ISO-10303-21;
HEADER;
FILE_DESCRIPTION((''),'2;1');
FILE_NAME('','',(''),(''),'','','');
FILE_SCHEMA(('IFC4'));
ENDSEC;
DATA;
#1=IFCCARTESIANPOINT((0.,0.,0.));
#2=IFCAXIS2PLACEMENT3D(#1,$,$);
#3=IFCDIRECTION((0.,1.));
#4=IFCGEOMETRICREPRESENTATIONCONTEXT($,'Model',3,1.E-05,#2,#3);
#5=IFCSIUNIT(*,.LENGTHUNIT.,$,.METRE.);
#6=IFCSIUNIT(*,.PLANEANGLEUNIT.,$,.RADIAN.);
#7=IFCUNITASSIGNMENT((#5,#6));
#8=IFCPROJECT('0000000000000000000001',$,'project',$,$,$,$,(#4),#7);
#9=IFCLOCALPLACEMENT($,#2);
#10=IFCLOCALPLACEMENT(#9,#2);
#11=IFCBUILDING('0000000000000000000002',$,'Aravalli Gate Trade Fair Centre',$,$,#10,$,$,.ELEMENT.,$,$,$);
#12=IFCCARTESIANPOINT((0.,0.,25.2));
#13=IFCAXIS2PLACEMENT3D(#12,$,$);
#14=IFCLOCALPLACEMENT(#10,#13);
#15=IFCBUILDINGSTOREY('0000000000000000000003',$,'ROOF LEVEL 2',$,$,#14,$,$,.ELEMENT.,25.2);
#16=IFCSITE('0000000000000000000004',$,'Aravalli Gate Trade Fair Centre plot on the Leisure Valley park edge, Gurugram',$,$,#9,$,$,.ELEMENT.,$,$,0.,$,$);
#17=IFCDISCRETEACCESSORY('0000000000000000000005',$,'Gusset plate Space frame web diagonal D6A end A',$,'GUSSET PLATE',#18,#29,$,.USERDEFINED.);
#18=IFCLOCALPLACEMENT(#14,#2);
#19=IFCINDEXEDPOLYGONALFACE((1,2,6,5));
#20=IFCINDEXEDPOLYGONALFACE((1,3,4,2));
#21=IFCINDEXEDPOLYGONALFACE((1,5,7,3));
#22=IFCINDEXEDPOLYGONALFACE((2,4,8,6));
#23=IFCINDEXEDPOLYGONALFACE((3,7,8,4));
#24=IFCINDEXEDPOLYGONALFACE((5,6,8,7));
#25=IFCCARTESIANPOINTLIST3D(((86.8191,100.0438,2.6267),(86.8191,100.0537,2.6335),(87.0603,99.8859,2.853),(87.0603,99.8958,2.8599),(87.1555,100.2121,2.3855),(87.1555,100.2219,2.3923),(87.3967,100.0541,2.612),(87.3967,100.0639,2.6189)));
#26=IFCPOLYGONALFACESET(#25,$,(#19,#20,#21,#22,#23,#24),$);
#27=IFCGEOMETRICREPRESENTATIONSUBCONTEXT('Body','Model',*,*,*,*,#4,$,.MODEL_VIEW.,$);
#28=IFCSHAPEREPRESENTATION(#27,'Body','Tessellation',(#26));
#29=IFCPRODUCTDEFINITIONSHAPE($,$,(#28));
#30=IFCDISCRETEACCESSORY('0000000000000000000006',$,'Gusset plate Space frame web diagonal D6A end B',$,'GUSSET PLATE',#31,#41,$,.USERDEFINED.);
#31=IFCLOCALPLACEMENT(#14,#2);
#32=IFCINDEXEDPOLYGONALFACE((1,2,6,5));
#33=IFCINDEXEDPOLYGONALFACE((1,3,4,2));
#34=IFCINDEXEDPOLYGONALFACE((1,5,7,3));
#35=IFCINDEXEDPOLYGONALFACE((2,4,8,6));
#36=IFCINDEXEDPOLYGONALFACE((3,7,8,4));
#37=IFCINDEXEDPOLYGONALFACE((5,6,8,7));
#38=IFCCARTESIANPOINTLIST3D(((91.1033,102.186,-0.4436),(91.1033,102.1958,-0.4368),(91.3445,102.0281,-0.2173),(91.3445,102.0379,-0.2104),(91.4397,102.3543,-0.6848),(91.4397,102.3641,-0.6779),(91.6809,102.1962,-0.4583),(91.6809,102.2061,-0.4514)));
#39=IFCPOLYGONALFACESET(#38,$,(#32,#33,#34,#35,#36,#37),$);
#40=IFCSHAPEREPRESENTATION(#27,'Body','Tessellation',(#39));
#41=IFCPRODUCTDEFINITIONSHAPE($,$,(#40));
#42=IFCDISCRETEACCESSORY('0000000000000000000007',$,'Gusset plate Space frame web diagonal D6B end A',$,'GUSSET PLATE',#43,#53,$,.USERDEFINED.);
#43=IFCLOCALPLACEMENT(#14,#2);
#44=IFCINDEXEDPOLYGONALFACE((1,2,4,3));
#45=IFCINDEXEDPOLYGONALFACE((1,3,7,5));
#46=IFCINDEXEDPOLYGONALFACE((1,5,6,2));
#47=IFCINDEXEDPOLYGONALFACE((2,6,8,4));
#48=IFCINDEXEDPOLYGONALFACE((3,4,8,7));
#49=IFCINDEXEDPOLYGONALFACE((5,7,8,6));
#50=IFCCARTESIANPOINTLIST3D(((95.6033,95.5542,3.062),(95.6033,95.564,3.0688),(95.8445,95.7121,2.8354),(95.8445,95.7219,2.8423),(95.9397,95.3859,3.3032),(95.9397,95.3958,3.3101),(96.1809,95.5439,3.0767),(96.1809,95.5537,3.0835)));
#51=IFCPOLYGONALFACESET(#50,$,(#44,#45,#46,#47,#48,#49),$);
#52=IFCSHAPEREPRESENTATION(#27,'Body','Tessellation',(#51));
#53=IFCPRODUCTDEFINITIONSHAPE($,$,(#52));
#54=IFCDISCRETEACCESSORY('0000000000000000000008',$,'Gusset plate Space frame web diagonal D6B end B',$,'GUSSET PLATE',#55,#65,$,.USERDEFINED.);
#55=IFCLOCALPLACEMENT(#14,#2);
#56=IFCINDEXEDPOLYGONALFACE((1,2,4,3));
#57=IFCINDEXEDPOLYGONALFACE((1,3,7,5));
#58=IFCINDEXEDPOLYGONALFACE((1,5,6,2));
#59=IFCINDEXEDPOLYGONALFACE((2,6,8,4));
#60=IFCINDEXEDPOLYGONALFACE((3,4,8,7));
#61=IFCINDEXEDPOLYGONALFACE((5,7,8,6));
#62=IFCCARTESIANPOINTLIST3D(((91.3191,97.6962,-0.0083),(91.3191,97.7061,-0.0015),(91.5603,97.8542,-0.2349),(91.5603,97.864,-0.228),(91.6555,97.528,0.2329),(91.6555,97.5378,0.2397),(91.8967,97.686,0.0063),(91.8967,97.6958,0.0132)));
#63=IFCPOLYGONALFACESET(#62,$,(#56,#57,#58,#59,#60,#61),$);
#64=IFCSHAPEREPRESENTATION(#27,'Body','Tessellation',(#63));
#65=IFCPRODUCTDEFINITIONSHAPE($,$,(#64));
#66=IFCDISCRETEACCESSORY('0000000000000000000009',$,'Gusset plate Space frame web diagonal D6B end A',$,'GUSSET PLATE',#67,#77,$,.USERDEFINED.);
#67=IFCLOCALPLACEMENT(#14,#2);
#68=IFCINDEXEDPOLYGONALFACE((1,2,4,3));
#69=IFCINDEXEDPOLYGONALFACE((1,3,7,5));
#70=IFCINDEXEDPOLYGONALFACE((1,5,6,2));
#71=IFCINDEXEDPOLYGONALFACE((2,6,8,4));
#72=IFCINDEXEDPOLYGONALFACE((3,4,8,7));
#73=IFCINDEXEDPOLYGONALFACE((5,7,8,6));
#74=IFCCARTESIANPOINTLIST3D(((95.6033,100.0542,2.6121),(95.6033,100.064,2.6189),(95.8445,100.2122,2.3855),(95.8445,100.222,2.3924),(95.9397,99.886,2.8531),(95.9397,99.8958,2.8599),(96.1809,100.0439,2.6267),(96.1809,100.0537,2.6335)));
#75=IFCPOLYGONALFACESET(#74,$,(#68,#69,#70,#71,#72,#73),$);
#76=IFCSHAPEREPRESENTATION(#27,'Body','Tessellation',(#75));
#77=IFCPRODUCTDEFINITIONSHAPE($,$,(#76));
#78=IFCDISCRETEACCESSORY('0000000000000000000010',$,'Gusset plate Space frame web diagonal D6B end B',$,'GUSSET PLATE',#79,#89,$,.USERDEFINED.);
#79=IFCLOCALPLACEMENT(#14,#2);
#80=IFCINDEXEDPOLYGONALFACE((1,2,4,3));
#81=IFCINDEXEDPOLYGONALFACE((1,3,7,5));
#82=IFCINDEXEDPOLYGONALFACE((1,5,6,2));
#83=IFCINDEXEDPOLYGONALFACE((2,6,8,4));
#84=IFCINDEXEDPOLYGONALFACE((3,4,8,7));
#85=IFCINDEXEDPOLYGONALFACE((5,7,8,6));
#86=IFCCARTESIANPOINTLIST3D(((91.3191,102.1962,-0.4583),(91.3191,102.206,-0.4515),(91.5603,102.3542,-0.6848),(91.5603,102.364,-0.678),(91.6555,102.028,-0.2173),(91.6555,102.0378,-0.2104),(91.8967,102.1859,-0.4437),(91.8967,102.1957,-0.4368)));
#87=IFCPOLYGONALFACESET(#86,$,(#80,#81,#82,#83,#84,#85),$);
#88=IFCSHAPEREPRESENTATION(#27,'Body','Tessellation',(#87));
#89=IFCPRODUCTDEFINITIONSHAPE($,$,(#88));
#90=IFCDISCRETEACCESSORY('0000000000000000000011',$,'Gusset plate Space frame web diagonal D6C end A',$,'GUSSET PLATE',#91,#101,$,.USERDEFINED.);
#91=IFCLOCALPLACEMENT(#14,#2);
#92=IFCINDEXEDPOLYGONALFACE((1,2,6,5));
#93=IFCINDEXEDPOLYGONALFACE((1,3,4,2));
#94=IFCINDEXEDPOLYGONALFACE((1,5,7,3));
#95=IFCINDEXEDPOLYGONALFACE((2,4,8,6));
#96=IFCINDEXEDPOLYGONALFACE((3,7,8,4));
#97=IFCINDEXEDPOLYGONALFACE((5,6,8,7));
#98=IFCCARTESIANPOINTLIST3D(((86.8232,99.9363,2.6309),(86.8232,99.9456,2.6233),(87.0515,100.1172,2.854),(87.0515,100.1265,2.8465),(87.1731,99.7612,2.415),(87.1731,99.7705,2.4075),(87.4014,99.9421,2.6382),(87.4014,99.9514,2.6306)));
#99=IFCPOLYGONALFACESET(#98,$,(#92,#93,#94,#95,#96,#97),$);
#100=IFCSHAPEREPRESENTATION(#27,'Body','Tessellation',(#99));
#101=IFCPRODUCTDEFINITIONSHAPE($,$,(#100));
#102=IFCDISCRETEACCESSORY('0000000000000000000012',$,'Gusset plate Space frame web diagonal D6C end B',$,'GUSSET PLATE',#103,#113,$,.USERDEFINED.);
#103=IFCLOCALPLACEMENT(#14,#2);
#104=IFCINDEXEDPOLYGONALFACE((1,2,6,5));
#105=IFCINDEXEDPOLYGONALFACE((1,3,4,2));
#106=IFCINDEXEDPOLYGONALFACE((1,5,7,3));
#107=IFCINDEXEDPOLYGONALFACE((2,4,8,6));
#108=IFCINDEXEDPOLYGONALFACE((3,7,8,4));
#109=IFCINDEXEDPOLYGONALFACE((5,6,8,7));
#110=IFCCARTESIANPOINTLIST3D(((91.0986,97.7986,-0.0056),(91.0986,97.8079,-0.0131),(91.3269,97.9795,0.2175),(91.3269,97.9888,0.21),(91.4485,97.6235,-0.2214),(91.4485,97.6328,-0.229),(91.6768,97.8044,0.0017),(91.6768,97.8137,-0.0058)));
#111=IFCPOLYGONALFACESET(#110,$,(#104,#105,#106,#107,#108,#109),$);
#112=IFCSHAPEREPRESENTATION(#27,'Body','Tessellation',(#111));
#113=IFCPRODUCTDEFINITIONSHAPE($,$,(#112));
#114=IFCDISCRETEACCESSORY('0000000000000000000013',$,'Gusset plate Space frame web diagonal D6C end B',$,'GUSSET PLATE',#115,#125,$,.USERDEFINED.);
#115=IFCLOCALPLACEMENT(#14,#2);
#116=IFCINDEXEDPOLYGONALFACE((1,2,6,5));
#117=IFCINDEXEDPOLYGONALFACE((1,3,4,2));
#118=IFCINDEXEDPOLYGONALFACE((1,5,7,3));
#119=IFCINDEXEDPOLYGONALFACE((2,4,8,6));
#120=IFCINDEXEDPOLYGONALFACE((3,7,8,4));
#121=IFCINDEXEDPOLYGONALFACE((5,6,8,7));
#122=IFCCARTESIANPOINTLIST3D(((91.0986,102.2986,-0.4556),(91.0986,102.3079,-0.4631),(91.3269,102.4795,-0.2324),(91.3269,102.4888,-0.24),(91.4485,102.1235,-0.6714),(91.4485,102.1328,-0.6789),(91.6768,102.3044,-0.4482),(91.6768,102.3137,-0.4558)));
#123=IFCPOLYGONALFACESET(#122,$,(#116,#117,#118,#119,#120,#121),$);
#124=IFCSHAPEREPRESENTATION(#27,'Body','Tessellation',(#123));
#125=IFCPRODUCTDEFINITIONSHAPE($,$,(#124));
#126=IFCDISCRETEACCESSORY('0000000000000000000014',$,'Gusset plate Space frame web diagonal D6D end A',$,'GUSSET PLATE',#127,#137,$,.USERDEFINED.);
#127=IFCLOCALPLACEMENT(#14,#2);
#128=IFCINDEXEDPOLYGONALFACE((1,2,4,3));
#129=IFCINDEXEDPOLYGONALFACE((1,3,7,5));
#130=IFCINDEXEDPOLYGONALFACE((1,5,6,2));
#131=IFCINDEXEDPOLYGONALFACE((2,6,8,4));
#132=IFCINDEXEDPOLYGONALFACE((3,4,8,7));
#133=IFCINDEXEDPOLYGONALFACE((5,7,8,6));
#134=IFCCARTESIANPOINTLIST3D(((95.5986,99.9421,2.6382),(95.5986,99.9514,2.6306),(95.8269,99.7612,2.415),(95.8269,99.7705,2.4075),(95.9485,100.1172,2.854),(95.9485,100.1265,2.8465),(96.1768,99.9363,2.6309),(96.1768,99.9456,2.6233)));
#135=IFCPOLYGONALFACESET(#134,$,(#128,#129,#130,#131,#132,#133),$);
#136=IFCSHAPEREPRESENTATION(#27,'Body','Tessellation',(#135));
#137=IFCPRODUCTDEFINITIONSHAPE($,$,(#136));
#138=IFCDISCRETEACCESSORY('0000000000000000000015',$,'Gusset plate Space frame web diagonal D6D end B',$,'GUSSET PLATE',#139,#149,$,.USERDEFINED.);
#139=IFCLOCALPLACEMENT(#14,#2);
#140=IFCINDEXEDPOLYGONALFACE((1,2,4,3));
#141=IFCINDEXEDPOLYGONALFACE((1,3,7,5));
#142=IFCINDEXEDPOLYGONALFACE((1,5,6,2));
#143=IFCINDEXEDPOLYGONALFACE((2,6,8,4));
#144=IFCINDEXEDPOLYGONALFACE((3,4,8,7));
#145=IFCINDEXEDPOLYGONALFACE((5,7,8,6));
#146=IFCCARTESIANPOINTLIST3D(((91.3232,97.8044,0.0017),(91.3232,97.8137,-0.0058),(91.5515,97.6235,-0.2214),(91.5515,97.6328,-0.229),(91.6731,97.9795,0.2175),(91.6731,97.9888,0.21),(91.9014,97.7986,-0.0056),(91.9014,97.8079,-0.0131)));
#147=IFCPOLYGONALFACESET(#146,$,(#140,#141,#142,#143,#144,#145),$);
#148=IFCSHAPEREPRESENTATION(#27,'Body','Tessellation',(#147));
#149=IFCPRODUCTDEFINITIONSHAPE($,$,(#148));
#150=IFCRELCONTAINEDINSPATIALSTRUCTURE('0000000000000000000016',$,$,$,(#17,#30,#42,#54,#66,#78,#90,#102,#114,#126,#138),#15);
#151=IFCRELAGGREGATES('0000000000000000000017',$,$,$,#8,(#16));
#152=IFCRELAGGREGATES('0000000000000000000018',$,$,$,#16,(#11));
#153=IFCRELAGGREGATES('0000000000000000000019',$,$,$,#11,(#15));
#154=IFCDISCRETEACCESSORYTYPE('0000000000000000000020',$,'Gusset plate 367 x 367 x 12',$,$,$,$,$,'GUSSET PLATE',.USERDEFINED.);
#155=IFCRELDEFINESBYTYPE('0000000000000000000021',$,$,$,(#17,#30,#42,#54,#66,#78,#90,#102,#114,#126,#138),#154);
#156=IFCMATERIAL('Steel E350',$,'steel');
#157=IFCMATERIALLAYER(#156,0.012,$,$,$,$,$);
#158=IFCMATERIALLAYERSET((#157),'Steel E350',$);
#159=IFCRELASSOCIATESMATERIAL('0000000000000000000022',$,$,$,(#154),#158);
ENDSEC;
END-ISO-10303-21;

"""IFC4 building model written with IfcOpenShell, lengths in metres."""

from ifc_helpers import new_model, si_unit, direction, frame, origin, place, context, subcontext, project, spatial, polyline, outline, extrude, material, layer, layer_set, type_object, element, save


model = new_model("IFC4")

# Units and contexts
model_context = context("Model", 3, precision=1e-05, world=origin(), true_north=direction((0.0, 1.0)))
body_context = subcontext(model_context, "Body", "Model", "MODEL_VIEW")
ifc_project = project(units=[si_unit("LENGTHUNIT", "METRE"), si_unit("PLANEANGLEUNIT", "RADIAN")], contexts=[model_context])

# Site, building, storey
site_placement = place(None, origin())
site = spatial("IfcSite", under=ifc_project, at=site_placement, Name="Aravalli Gate Trade Fair Centre plot on the Leisure Valley park edge, Gurugram", CompositionType="ELEMENT", RefElevation=0.0)
building_placement = place(site_placement, origin())
building = spatial("IfcBuilding", under=site, at=building_placement, Name="Aravalli Gate Trade Fair Centre", CompositionType="ELEMENT")
storey_placement = place(building_placement, frame((0.0, 0.0, 25.2)))
storey = spatial("IfcBuildingStorey", under=building, at=storey_placement, Name="ROOF LEVEL 2", CompositionType="ELEMENT", Elevation=25.2)

# Shared definitions
ifc_material = material(Name="Steel E350", Category="steel")

# Discrete accessories
ifc_layer_1 = layer(ifc_material, 0.012)
ifc_layer_set_1 = layer_set([ifc_layer_1], Name="Steel E350")
discrete_accessory_type_1 = type_object("IfcDiscreteAccessoryType", Name="Gusset plate 367 x 367 x 12", ElementType="GUSSET PLATE", PredefinedType="USERDEFINED", material=ifc_layer_set_1)
discrete_accessory_1_placement = place(storey_placement, frame((87.1555, 100.2219, 2.3923), z_axis=(-0.000049, 0.820141, 0.572161), x_axis=(-0.75291, -0.376583, 0.539733)))
element("IfcDiscreteAccessory", 1, at=discrete_accessory_1_placement, inside=storey, type_object=discrete_accessory_type_1, Name="Gusset plate Space frame web diagonal D6A end A", ObjectType="GUSSET PLATE", PredefinedType="USERDEFINED", context=body_context, shape_type="SweptSolid", body=[
    extrude(outline(polyline([(0.0, 0.0), (0.4468, 0.0), (0.4469, 0.3665), (0.0002, 0.3667), (0.0, 0.0)])), origin(), (0.0, 0.0, -1.0), 0.012),
])
discrete_accessory_2_placement = place(storey_placement, frame((91.1033, 102.1958, -0.4368), z_axis=(-0.000049, 0.820141, 0.572161), x_axis=(0.75291, 0.376583, -0.539733)))
element("IfcDiscreteAccessory", 2, at=discrete_accessory_2_placement, inside=storey, type_object=discrete_accessory_type_1, Name="Gusset plate Space frame web diagonal D6A end B", ObjectType="GUSSET PLATE", PredefinedType="USERDEFINED", context=body_context, shape_type="SweptSolid", body=[
    extrude(outline(polyline([(0.0, 0.0), (0.4468, 0.0), (0.4467, -0.3667), (0.0, -0.3665), (0.0, 0.0)])), origin(), (0.0, 0.0, -1.0), 0.012),
])
discrete_accessory_3_placement = place(storey_placement, frame((95.6033, 95.564, 3.0688), z_axis=(0.000057, 0.820282, 0.57196), x_axis=(0.75291, -0.376455, 0.539822)))
element("IfcDiscreteAccessory", 3, at=discrete_accessory_3_placement, inside=storey, type_object=discrete_accessory_type_1, Name="Gusset plate Space frame web diagonal D6B end A", ObjectType="GUSSET PLATE", PredefinedType="USERDEFINED", context=body_context, shape_type="SweptSolid", body=[
    extrude(outline(polyline([(0.0, 0.0), (0.4468, 0.0), (0.4467, 0.3667), (-0.0002, 0.3667), (0.0, 0.0)])), origin(), (0.0, 0.0, -1.0), 0.012),
])
discrete_accessory_4_placement = place(storey_placement, frame((91.6555, 97.5378, 0.2397), z_axis=(0.000057, 0.820282, 0.57196), x_axis=(-0.75291, 0.376455, -0.539822)))
element("IfcDiscreteAccessory", 4, at=discrete_accessory_4_placement, inside=storey, type_object=discrete_accessory_type_1, Name="Gusset plate Space frame web diagonal D6B end B", ObjectType="GUSSET PLATE", PredefinedType="USERDEFINED", context=body_context, shape_type="SweptSolid", body=[
    extrude(outline(polyline([(0.0, 0.0), (0.4468, 0.0), (0.447, -0.3667), (0.0002, -0.3667), (0.0, 0.0)])), origin(), (0.0, 0.0, -1.0), 0.012),
])
discrete_accessory_5_placement = place(storey_placement, frame((95.6033, 100.064, 2.6189), z_axis=(0.000049, 0.820141, 0.572161), x_axis=(0.753132, -0.376438, 0.539524)))
element("IfcDiscreteAccessory", 5, at=discrete_accessory_5_placement, inside=storey, type_object=discrete_accessory_type_1, Name="Gusset plate Space frame web diagonal D6B end A", ObjectType="GUSSET PLATE", PredefinedType="USERDEFINED", context=body_context, shape_type="SweptSolid", body=[
    extrude(outline(polyline([(0.0, 0.0), (0.4467, 0.0), (0.4468, 0.3665), (0.0, 0.3667), (0.0, 0.0)])), origin(), (0.0, 0.0, -1.0), 0.012),
])
discrete_accessory_6_placement = place(storey_placement, frame((91.6555, 102.0378, -0.2104), z_axis=(0.000049, 0.820141, 0.572161), x_axis=(-0.753132, 0.376438, -0.539524)))
element("IfcDiscreteAccessory", 6, at=discrete_accessory_6_placement, inside=storey, type_object=discrete_accessory_type_1, Name="Gusset plate Space frame web diagonal D6B end B", ObjectType="GUSSET PLATE", PredefinedType="USERDEFINED", context=body_context, shape_type="SweptSolid", body=[
    extrude(outline(polyline([(0.0, 0.0), (0.4467, 0.0), (0.4467, -0.3667), (-0.0001, -0.3665), (0.0, 0.0)])), origin(), (0.0, 0.0, -1.0), 0.012),
])
discrete_accessory_7_placement = place(storey_placement, frame((87.1731, 99.7612, 2.415), z_axis=(-0.000107, -0.776736, 0.629826), x_axis=(-0.783044, 0.391795, 0.48305)))
element("IfcDiscreteAccessory", 7, at=discrete_accessory_7_placement, inside=storey, type_object=discrete_accessory_type_1, Name="Gusset plate Space frame web diagonal D6C end A", ObjectType="GUSSET PLATE", PredefinedType="USERDEFINED", context=body_context, shape_type="SweptSolid", body=[
    extrude(outline(polyline([(0.0, 0.0), (0.4468, 0.0), (0.4467, -0.3669), (-0.0001, -0.3669), (0.0, 0.0)])), origin(), (0.0, 0.0, -1.0), 0.012),
])
for number, where, z_axis, x_axis, name in (
    (8, (91.0986, 97.7986, -0.0056), (-0.000107, -0.776736, 0.629826), (0.783044, -0.391795, -0.48305), "Gusset plate Space frame web diagonal D6C end B"),
    (9, (91.0986, 102.2986, -0.4556), (-0.000107, -0.776736, 0.629826), (0.783044, -0.391795, -0.48305), "Gusset plate Space frame web diagonal D6C end B"),
):
    element("IfcDiscreteAccessory", number, at=place(storey_placement, frame(where, z_axis=z_axis, x_axis=x_axis)), inside=storey, type_object=discrete_accessory_type_1, Name=name, ObjectType="GUSSET PLATE", PredefinedType="USERDEFINED", context=body_context, shape_type="SweptSolid", body=[
        extrude(outline(polyline([(0.0, 0.0), (0.4468, 0.0), (0.4469, 0.3669), (0.0001, 0.3669), (0.0, 0.0)])), origin(), (0.0, 0.0, -1.0), 0.012),
    ])
discrete_accessory_8_placement = place(storey_placement, frame((95.5986, 99.9421, 2.6382), z_axis=(0.000107, -0.776736, 0.629826), x_axis=(0.783044, 0.391795, 0.48305)))
element("IfcDiscreteAccessory", 10, at=discrete_accessory_8_placement, inside=storey, type_object=discrete_accessory_type_1, Name="Gusset plate Space frame web diagonal D6D end A", ObjectType="GUSSET PLATE", PredefinedType="USERDEFINED", context=body_context, shape_type="SweptSolid", body=[
    extrude(outline(polyline([(0.0, 0.0), (0.4468, 0.0), (0.4469, -0.3669), (0.0001, -0.3669), (0.0, 0.0)])), origin(), (0.0, 0.0, -1.0), 0.012),
])
discrete_accessory_9_placement = place(storey_placement, frame((91.6731, 97.9795, 0.2175), z_axis=(0.000107, -0.776736, 0.629826), x_axis=(-0.783044, -0.391795, -0.48305)))
element("IfcDiscreteAccessory", 11, at=discrete_accessory_9_placement, inside=storey, type_object=discrete_accessory_type_1, Name="Gusset plate Space frame web diagonal D6D end B", ObjectType="GUSSET PLATE", PredefinedType="USERDEFINED", context=body_context, shape_type="SweptSolid", body=[
    extrude(outline(polyline([(0.0, 0.0), (0.4468, 0.0), (0.4467, 0.3669), (-0.0001, 0.3669), (0.0, 0.0)])), origin(), (0.0, 0.0, -1.0), 0.012),
])

save(model, "model.ifc")
